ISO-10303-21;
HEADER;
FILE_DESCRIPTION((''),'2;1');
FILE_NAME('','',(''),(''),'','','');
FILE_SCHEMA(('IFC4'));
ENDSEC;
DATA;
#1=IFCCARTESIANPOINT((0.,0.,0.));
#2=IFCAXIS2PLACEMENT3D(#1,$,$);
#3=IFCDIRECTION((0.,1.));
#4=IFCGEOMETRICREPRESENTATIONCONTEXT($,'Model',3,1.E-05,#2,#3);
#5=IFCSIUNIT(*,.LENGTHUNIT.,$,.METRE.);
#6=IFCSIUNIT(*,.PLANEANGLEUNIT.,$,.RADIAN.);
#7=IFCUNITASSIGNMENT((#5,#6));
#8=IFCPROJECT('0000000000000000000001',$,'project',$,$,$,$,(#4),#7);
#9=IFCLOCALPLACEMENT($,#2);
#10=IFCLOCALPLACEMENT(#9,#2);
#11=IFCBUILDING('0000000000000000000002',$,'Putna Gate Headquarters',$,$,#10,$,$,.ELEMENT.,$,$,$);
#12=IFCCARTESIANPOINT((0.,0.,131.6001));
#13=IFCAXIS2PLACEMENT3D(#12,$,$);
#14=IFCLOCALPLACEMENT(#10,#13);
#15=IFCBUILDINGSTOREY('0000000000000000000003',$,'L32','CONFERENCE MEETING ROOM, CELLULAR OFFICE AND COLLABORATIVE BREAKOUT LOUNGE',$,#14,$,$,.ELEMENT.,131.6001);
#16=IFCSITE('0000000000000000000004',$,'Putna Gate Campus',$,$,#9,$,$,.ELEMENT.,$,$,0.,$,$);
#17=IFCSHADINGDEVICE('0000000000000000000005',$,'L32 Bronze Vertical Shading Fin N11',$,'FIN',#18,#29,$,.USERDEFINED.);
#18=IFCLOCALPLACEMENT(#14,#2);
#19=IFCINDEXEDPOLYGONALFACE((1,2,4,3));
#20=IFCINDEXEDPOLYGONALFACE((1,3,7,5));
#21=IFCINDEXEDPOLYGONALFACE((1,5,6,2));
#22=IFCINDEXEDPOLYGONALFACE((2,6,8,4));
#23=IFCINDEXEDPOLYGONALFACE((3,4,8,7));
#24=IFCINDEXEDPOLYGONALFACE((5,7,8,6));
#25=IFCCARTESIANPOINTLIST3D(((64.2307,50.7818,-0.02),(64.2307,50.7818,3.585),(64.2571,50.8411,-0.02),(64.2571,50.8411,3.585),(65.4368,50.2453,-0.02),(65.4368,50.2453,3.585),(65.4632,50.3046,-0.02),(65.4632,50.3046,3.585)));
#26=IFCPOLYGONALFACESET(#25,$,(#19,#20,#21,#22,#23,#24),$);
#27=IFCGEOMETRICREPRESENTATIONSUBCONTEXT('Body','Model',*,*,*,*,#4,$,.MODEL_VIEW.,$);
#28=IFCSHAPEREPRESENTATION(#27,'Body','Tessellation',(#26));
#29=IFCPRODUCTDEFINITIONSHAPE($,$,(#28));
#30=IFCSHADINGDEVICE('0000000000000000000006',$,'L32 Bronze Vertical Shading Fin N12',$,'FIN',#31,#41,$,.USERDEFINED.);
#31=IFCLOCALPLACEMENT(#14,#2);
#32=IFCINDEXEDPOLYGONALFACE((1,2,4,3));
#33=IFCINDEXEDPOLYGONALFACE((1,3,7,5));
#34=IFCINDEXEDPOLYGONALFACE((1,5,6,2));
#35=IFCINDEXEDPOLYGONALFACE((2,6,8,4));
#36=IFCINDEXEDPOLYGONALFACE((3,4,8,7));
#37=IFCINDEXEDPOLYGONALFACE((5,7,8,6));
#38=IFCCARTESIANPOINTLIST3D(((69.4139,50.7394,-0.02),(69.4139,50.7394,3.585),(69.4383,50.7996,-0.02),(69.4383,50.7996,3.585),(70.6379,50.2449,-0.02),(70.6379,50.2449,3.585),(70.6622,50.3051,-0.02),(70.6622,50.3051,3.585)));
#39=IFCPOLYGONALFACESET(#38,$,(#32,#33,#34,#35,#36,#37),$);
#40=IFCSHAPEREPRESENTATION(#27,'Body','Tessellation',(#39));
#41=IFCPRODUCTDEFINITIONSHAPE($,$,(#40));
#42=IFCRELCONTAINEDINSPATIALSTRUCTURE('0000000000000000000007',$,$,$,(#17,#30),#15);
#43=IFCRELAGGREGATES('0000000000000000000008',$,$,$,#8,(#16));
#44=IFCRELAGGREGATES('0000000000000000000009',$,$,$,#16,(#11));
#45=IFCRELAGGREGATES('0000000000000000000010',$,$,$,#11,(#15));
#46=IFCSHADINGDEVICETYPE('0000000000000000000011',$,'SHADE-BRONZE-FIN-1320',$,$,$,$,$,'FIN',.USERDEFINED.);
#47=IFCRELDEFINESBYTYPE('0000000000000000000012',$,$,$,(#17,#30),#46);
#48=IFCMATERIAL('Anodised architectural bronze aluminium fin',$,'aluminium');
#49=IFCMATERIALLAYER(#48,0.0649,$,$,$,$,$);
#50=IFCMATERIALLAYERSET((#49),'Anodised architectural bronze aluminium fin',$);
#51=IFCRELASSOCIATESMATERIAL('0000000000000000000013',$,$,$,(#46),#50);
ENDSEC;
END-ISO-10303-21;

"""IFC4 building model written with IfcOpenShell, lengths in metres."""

from ifc_helpers import new_model, si_unit, direction, frame, origin, origin_2d, place, context, subcontext, project, spatial, rectangle, extrude, material, layer, layer_set, type_object, element, save


model = new_model("IFC4")

# Units and contexts
model_context = context("Model", 3, precision=1e-05, world=origin(), true_north=direction((0.0, 1.0)))
body_context = subcontext(model_context, "Body", "Model", "MODEL_VIEW")
ifc_project = project(units=[si_unit("LENGTHUNIT", "METRE"), si_unit("PLANEANGLEUNIT", "RADIAN")], contexts=[model_context])

# Site, building, storey
site_placement = place(None, origin())
site = spatial("IfcSite", under=ifc_project, at=site_placement, Name="Putna Gate Campus", CompositionType="ELEMENT", RefElevation=0.0)
building_placement = place(site_placement, origin())
building = spatial("IfcBuilding", under=site, at=building_placement, Name="Putna Gate Headquarters", CompositionType="ELEMENT")
storey_placement = place(building_placement, frame((0.0, 0.0, 131.6001)))
storey = spatial("IfcBuildingStorey", under=building, at=storey_placement, Name="L32", Description="CONFERENCE MEETING ROOM, CELLULAR OFFICE AND COLLABORATIVE BREAKOUT LOUNGE", CompositionType="ELEMENT", Elevation=131.6001)

# Shading devices
ifc_material_1 = material(Name="Anodised architectural bronze aluminium fin", Category="aluminium")
ifc_layer_1 = layer(ifc_material_1, 0.0649)
ifc_layer_set_1 = layer_set([ifc_layer_1], Name="Anodised architectural bronze aluminium fin")
shading_device_type = type_object("IfcShadingDeviceType", Name="SHADE-BRONZE-FIN-1320", ElementType="FIN", PredefinedType="USERDEFINED", material=ifc_layer_set_1)
for number, where, z_axis, x_axis, name in (
    (1, (64.8469, 50.5432, -0.02), (0.0, 0.0, 1.0), (-0.913687, 0.406418, 0.0), "L32 Bronze Vertical Shading Fin N11"),
    (2, (70.0381, 50.5222, -0.02), (0.0, 0.0, 1.0), (-0.927184, 0.374607, 0.0), "L32 Bronze Vertical Shading Fin N12"),
):
    element("IfcShadingDevice", number, at=place(storey_placement, frame(where, z_axis=z_axis, x_axis=x_axis)), inside=storey, type_object=shading_device_type, Name=name, ObjectType="FIN", PredefinedType="USERDEFINED", context=body_context, shape_type="SweptSolid", body=[
        extrude(rectangle(XDim=1.3201, YDim=0.0649, at=origin_2d()), origin(), (0.0, 0.0, 1.0), 3.605),
    ])

save(model, "model.ifc")
